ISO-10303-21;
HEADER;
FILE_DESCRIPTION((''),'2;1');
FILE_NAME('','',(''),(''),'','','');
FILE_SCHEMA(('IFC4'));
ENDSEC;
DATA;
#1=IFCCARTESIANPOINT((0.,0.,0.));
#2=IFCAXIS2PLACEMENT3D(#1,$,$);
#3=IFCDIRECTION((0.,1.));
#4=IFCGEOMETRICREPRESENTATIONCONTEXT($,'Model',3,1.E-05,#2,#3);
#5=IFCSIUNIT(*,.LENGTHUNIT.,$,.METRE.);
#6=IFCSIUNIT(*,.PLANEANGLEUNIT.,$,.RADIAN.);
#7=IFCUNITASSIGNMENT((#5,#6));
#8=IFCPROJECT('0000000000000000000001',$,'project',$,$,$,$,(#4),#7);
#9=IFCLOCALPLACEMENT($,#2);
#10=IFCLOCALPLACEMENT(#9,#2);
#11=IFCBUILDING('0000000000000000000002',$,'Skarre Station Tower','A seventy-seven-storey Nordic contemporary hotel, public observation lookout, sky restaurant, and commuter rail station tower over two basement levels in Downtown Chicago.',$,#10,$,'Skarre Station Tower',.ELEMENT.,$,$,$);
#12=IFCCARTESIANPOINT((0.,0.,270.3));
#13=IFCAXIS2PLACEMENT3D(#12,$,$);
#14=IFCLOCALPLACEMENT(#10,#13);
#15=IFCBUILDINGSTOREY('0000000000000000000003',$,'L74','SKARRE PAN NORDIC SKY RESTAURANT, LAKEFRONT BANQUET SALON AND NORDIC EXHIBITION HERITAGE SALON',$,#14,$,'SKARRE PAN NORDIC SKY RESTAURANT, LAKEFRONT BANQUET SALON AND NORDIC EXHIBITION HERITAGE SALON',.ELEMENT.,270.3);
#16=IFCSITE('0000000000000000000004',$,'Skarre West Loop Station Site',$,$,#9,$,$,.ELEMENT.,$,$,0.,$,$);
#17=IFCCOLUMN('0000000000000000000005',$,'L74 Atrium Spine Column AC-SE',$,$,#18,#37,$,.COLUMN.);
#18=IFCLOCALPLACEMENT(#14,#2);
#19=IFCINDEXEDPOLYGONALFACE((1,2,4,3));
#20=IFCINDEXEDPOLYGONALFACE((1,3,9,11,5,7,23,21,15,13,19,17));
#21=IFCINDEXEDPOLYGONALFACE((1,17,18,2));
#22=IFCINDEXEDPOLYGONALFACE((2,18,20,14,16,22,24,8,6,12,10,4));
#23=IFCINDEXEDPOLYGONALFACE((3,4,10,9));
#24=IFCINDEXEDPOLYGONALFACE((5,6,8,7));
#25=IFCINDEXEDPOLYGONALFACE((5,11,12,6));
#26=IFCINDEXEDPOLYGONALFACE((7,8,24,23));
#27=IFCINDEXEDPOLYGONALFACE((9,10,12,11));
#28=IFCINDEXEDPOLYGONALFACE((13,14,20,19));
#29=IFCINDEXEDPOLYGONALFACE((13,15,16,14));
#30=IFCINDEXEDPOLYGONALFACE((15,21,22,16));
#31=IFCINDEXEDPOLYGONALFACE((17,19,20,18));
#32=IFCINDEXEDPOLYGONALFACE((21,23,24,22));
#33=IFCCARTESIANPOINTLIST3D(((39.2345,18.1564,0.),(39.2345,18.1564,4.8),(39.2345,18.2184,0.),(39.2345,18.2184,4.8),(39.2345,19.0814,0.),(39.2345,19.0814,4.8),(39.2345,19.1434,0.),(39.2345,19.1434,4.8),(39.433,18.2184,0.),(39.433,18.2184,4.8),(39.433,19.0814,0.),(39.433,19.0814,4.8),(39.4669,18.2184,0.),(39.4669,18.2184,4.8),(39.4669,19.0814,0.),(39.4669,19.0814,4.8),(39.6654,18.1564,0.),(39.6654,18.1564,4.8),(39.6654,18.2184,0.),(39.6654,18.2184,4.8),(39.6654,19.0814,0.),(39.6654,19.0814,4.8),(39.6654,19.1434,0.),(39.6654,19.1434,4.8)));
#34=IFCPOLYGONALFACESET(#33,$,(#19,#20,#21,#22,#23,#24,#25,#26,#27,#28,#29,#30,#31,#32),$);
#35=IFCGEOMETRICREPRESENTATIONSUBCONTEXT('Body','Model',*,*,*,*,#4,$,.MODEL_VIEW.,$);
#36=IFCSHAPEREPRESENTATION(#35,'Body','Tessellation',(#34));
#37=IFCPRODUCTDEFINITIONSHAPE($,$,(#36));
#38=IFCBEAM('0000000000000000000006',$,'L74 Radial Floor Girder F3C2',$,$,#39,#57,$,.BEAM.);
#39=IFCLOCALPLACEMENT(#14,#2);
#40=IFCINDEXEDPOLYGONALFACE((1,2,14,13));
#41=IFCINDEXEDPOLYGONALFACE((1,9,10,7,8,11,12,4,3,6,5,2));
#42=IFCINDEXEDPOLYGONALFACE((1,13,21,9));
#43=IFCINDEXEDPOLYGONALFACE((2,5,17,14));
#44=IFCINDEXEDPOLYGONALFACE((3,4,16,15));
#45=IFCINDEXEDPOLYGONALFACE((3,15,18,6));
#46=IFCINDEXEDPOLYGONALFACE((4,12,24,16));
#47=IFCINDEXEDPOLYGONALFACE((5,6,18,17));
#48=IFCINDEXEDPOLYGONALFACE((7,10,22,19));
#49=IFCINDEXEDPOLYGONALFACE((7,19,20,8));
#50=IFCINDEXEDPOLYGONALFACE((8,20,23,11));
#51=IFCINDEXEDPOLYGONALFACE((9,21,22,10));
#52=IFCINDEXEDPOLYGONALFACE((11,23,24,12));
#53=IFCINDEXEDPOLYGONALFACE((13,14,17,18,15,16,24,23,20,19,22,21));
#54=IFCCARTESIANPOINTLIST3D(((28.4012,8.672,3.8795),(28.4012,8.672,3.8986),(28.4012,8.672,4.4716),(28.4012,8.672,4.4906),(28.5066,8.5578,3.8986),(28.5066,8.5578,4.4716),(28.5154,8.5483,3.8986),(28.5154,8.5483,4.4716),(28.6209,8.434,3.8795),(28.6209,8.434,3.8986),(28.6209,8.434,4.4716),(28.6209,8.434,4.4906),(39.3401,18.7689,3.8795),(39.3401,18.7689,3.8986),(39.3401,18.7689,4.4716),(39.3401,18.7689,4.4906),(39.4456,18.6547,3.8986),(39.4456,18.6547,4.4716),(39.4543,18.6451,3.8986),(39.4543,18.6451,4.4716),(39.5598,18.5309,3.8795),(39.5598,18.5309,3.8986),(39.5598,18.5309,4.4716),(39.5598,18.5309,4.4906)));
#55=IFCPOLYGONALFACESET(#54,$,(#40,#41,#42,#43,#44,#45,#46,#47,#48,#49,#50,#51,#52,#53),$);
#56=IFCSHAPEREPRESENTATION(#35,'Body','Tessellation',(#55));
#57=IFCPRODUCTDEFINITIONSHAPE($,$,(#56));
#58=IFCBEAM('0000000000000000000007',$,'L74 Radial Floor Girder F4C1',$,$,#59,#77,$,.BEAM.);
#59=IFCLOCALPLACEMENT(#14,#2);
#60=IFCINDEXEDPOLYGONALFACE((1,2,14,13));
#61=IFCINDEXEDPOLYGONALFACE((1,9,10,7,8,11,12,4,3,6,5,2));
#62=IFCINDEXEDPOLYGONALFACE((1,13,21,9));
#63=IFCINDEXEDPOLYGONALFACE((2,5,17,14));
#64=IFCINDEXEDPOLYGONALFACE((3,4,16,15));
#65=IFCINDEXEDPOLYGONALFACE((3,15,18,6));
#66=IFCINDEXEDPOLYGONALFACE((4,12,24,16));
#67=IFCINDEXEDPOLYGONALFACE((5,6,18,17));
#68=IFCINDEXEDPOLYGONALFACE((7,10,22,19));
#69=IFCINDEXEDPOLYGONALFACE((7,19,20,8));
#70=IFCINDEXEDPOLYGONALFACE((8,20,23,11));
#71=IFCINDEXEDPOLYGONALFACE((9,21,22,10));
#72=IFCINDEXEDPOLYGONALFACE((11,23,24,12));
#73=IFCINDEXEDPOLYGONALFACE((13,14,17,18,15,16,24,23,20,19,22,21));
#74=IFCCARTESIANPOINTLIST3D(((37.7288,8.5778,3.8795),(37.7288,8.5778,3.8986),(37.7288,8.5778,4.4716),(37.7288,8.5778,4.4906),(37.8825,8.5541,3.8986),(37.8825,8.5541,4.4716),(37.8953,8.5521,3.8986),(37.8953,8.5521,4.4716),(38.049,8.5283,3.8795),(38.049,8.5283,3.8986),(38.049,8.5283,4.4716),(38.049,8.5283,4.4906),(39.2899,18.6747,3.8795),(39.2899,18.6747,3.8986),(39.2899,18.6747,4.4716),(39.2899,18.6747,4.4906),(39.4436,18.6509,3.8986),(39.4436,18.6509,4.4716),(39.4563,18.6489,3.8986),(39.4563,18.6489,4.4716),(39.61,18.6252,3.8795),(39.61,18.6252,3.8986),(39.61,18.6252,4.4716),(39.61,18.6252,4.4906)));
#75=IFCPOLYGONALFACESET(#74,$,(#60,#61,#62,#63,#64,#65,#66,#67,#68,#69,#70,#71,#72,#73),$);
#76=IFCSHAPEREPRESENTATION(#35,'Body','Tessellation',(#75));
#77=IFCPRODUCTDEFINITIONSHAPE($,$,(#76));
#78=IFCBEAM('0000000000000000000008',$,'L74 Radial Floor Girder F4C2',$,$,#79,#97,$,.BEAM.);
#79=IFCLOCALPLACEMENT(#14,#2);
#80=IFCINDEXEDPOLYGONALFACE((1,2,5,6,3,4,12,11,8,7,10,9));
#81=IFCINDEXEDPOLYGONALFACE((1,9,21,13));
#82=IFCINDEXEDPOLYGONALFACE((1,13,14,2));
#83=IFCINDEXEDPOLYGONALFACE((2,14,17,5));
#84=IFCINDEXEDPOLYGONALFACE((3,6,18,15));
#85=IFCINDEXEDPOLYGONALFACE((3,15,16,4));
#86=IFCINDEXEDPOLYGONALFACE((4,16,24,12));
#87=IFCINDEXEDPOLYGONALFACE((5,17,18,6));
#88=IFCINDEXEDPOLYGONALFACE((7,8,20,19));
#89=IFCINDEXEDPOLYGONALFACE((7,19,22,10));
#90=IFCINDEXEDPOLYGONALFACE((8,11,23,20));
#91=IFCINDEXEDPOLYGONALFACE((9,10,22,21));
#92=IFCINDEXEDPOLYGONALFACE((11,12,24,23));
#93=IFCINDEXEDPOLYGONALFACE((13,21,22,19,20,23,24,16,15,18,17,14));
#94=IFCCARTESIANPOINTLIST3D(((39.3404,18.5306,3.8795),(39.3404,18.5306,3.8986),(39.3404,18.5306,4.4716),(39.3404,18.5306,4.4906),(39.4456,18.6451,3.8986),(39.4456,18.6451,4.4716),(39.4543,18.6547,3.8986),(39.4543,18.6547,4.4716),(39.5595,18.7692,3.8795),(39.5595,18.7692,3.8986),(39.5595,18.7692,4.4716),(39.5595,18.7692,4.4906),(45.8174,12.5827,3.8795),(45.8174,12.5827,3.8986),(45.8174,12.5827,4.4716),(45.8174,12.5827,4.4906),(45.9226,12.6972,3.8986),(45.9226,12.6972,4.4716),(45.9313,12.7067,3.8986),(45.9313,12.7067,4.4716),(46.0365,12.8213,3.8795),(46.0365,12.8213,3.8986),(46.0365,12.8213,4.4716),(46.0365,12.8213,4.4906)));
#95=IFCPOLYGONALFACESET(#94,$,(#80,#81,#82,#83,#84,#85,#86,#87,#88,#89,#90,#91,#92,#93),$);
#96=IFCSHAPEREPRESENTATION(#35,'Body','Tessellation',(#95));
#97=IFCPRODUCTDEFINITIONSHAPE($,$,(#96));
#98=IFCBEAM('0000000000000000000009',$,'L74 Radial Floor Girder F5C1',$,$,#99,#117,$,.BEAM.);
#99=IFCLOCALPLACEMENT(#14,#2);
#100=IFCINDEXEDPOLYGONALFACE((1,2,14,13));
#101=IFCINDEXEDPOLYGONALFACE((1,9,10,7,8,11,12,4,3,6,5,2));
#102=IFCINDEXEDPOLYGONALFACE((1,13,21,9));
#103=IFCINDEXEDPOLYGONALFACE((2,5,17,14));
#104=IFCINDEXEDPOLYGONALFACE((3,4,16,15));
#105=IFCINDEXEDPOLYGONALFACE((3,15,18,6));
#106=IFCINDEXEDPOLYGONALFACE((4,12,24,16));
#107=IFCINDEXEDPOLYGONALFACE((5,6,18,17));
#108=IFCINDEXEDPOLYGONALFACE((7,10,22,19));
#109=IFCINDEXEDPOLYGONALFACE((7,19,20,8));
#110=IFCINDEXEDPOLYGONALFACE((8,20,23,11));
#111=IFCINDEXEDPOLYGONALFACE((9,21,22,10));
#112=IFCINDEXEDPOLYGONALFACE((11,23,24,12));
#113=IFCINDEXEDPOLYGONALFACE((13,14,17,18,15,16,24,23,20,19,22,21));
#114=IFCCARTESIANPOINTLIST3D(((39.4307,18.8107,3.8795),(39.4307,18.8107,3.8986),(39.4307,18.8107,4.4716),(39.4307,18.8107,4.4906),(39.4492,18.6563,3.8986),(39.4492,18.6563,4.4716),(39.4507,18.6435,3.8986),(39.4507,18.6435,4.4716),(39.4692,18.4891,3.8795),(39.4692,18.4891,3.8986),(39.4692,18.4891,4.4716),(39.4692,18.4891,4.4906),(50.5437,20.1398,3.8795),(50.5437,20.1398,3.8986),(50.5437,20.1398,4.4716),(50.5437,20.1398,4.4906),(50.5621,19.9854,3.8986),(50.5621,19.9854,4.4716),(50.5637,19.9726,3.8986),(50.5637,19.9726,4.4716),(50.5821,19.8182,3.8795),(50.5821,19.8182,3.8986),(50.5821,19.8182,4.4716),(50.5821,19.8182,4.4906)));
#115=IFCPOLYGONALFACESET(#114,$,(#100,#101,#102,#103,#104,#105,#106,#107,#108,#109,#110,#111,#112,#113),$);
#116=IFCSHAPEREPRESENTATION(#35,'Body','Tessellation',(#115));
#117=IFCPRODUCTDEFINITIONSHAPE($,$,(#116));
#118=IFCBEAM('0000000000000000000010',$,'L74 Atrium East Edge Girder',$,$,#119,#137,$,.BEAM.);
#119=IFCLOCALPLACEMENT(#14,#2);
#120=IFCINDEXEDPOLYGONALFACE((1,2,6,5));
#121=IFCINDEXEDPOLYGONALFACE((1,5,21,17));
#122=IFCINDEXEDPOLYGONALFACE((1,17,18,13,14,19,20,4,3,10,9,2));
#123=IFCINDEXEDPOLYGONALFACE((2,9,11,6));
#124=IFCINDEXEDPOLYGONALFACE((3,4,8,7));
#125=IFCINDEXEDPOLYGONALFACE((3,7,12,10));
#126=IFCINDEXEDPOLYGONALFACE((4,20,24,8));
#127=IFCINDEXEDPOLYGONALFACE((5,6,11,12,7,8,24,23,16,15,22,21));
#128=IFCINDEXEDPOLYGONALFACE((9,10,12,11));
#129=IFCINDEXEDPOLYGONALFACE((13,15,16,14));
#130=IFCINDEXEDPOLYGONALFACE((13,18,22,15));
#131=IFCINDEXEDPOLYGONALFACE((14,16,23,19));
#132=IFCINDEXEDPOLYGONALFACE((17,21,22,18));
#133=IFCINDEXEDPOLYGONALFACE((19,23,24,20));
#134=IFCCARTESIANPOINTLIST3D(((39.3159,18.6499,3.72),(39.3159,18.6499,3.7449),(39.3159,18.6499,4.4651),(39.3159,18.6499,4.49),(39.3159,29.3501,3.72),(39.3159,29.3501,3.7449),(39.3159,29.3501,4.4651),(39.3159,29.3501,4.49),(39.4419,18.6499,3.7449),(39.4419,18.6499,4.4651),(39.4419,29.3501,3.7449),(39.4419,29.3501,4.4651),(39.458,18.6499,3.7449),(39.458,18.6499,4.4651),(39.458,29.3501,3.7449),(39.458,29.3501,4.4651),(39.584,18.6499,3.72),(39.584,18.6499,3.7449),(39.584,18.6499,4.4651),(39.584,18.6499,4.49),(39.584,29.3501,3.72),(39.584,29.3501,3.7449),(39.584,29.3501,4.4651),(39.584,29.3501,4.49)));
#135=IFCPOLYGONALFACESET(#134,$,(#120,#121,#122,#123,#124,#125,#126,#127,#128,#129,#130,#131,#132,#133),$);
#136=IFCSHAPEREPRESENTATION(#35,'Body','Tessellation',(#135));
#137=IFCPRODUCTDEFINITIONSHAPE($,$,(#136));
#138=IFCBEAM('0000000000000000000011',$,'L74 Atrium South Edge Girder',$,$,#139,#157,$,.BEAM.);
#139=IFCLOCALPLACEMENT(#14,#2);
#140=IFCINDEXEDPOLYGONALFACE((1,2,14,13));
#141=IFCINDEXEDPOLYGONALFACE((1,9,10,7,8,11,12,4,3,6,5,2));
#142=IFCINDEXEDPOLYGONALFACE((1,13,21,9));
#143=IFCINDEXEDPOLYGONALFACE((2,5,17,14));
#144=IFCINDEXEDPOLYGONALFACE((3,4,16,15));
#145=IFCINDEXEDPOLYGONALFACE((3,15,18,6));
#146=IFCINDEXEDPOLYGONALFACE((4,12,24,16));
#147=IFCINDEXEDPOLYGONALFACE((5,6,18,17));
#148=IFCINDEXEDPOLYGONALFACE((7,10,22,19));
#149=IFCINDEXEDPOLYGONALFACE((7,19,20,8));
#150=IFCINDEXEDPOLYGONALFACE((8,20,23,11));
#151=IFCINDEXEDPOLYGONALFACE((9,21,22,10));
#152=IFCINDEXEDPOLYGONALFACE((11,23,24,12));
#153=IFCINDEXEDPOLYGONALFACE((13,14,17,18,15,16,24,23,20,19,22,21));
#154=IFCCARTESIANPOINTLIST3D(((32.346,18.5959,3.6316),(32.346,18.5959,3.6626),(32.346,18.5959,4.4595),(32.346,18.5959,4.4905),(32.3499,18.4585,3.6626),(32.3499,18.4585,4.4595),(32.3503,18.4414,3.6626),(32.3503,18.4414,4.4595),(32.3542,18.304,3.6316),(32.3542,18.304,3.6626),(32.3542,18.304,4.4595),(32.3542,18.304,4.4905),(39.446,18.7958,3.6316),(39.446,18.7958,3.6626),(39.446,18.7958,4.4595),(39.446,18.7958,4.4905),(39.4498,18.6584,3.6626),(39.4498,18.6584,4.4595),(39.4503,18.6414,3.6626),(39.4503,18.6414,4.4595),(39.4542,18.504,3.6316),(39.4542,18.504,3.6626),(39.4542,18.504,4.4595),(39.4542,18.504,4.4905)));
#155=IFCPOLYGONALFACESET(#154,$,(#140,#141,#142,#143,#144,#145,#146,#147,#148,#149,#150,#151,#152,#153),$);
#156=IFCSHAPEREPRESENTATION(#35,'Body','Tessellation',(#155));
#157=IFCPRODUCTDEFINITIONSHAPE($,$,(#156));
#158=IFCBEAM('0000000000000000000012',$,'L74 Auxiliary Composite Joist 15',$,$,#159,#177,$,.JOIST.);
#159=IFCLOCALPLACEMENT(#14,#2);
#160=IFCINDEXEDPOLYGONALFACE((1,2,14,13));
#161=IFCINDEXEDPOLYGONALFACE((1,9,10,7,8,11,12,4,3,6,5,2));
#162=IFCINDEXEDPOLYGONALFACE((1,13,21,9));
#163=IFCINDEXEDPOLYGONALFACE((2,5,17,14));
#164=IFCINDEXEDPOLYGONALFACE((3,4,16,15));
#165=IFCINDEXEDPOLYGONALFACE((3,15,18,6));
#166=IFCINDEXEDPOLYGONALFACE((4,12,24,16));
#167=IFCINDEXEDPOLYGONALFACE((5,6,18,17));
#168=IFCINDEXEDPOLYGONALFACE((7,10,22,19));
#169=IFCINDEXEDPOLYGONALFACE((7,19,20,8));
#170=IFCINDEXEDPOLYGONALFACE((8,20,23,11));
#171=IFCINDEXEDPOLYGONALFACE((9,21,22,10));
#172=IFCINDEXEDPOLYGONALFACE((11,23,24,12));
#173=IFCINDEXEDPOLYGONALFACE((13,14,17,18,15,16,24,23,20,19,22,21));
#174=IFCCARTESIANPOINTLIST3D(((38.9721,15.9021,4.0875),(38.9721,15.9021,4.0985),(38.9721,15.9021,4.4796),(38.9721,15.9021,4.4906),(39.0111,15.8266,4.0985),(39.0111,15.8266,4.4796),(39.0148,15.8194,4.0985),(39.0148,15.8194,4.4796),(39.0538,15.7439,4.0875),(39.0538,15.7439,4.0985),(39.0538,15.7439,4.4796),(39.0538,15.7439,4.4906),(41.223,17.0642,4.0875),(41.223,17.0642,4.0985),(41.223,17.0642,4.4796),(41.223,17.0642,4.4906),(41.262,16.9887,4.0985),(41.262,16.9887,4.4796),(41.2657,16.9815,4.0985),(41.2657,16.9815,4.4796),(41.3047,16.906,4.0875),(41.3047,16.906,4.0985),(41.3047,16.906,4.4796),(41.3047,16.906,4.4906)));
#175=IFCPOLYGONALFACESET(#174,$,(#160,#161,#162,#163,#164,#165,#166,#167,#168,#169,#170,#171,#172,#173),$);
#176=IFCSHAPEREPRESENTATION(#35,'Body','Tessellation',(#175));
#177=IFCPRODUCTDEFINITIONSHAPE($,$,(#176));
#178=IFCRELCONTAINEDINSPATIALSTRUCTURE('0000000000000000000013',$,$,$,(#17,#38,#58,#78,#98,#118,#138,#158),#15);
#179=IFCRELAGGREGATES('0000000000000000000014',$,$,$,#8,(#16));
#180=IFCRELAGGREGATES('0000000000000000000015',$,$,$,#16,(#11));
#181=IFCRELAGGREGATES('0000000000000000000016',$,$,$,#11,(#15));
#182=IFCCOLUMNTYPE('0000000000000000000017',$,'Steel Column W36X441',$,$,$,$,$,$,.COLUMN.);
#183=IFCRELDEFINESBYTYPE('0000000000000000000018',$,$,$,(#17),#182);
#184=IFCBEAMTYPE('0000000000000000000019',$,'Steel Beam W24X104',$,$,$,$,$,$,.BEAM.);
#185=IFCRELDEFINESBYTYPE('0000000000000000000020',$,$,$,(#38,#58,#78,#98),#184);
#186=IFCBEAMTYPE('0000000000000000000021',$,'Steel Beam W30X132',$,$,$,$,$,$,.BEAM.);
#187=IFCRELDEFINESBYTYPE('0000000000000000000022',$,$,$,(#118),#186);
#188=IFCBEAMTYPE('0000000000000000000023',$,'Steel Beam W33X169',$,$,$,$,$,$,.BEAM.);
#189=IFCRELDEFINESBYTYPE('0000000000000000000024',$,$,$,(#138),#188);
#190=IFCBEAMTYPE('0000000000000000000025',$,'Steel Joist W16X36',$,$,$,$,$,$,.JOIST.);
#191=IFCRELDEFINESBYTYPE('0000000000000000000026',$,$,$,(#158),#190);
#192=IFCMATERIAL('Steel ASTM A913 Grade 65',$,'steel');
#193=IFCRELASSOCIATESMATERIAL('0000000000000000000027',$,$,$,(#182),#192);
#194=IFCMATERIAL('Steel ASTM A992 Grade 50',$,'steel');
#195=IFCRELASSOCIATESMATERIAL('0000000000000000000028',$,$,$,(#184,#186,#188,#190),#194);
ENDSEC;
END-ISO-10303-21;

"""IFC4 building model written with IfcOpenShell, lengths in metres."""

from ifc_helpers import new_model, si_unit, direction, frame, origin, origin_2d, place, context, subcontext, project, spatial, i_section, extrude, material, material_profile, profile_set, type_object, element, save


model = new_model("IFC4")

# Units and contexts
model_context = context("Model", 3, precision=1e-05, world=origin(), true_north=direction((0.0, 1.0)))
body_context = subcontext(model_context, "Body", "Model", "MODEL_VIEW")
ifc_project = project(units=[si_unit("LENGTHUNIT", "METRE"), si_unit("PLANEANGLEUNIT", "RADIAN")], contexts=[model_context])

# Site, building, storey
site_placement = place(None, origin())
site = spatial("IfcSite", under=ifc_project, at=site_placement, Name="Skarre West Loop Station Site", CompositionType="ELEMENT", RefElevation=0.0)
building_placement = place(site_placement, origin())
building = spatial("IfcBuilding", under=site, at=building_placement, Name="Skarre Station Tower", Description="A seventy-seven-storey Nordic contemporary hotel, public observation lookout, sky restaurant, and commuter rail station tower over two basement levels in Downtown Chicago.", LongName="Skarre Station Tower", CompositionType="ELEMENT")
storey_placement = place(building_placement, frame((0.0, 0.0, 270.3)))
storey = spatial("IfcBuildingStorey", under=building, at=storey_placement, Name="L74", Description="SKARRE PAN NORDIC SKY RESTAURANT, LAKEFRONT BANQUET SALON AND NORDIC EXHIBITION HERITAGE SALON", LongName="SKARRE PAN NORDIC SKY RESTAURANT, LAKEFRONT BANQUET SALON AND NORDIC EXHIBITION HERITAGE SALON", CompositionType="ELEMENT", Elevation=270.3)

# Column
ifc_material_1 = material(Name="Steel ASTM A913 Grade 65", Category="steel")
ifc_material_profile_1 = material_profile(ifc_material_1, i_section(OverallWidth=0.4309, OverallDepth=0.9871, WebThickness=0.0339, FlangeThickness=0.062, at=origin_2d()), Name="Steel ASTM A913 Grade 65")
ifc_profile_set_1 = profile_set([ifc_material_profile_1], Name="Steel ASTM A913 Grade 65")
column_type = type_object("IfcColumnType", Name="Steel Column W36X441", PredefinedType="COLUMN", material=ifc_profile_set_1)
column_placement = place(storey_placement, frame((39.45, 18.6499, 0.0), z_axis=(0.0, 0.0, 1.0), x_axis=(1.0, 0.0, 0.0)))
element("IfcColumn", 1, at=column_placement, inside=storey, type_object=column_type, Name="L74 Atrium Spine Column AC-SE", PredefinedType="COLUMN", context=body_context, shape_type="SweptSolid", body=[
    extrude(i_section(OverallWidth=0.4309, OverallDepth=0.9871, WebThickness=0.0339, FlangeThickness=0.062, at=origin_2d()), origin(), (0.0, 0.0, 1.0), 4.8),
])

# Beams
ifc_material_2 = material(Name="Steel ASTM A992 Grade 50", Category="steel")
ifc_material_profile_2 = material_profile(ifc_material_2, i_section(OverallWidth=0.324, OverallDepth=0.6111, WebThickness=0.0129, FlangeThickness=0.019, at=origin_2d()), Name="Steel ASTM A992 Grade 50")
ifc_profile_set_2 = profile_set([ifc_material_profile_2], Name="Steel ASTM A992 Grade 50")
beam_type_1 = type_object("IfcBeamType", Name="Steel Beam W24X104", PredefinedType="BEAM", material=ifc_profile_set_2)
beam_1_placement = place(storey_placement, frame((39.45, 18.6499, 4.1851), z_axis=(-0.734823, -0.678259, 0.0), x_axis=(0.678259, -0.734823, 0.0)))
element("IfcBeam", 2, at=beam_1_placement, inside=storey, type_object=beam_type_1, Name="L74 Radial Floor Girder F3C2", PredefinedType="BEAM", context=body_context, shape_type="SweptSolid", body=[
    extrude(i_section(OverallWidth=0.324, OverallDepth=0.6111, WebThickness=0.0129, FlangeThickness=0.019, at=origin_2d()), origin(), (0.0, 0.0, 1.0), 14.8865),
])
beam_2_placement = place(storey_placement, frame((39.45, 18.6499, 4.1851), z_axis=(-0.15279, -0.988259, 0.0), x_axis=(0.988259, -0.15279, 0.0)))
element("IfcBeam", 3, at=beam_2_placement, inside=storey, type_object=beam_type_1, Name="L74 Radial Floor Girder F4C1", PredefinedType="BEAM", context=body_context, shape_type="SweptSolid", body=[
    extrude(i_section(OverallWidth=0.324, OverallDepth=0.6111, WebThickness=0.0129, FlangeThickness=0.019, at=origin_2d()), origin(), (0.0, 0.0, 1.0), 10.2168),
])
beam_3_placement = place(storey_placement, frame((39.45, 18.6499, 4.1851), z_axis=(0.736548, -0.676386, 0.0), x_axis=(0.676386, 0.736548, 0.0)))
element("IfcBeam", 4, at=beam_3_placement, inside=storey, type_object=beam_type_1, Name="L74 Radial Floor Girder F4C2", PredefinedType="BEAM", context=body_context, shape_type="SweptSolid", body=[
    extrude(i_section(OverallWidth=0.324, OverallDepth=0.6111, WebThickness=0.0129, FlangeThickness=0.019, at=origin_2d()), origin(), (0.0, 0.0, 1.0), 8.7937),
])
beam_4_placement = place(storey_placement, frame((39.45, 18.6499, 4.1851), z_axis=(0.992924, 0.118752, 0.0), x_axis=(-0.118752, 0.992924, 0.0)))
element("IfcBeam", 5, at=beam_4_placement, inside=storey, type_object=beam_type_1, Name="L74 Radial Floor Girder F5C1", PredefinedType="BEAM", context=body_context, shape_type="SweptSolid", body=[
    extrude(i_section(OverallWidth=0.324, OverallDepth=0.6111, WebThickness=0.0129, FlangeThickness=0.019, at=origin_2d()), origin(), (0.0, 0.0, 1.0), 11.1921),
])
ifc_material_profile_3 = material_profile(ifc_material_2, i_section(OverallWidth=0.2681, OverallDepth=0.77, WebThickness=0.0161, FlangeThickness=0.0249, at=origin_2d()), Name="Steel ASTM A992 Grade 50")
ifc_profile_set_3 = profile_set([ifc_material_profile_3], Name="Steel ASTM A992 Grade 50")
beam_type_2 = type_object("IfcBeamType", Name="Steel Beam W30X132", PredefinedType="BEAM", material=ifc_profile_set_3)
beam_5_placement = place(storey_placement, frame((39.45, 18.6499, 4.105), z_axis=(0.0, 1.0, 0.0), x_axis=(-1.0, 0.0, 0.0)))
element("IfcBeam", 6, at=beam_5_placement, inside=storey, type_object=beam_type_2, Name="L74 Atrium East Edge Girder", PredefinedType="BEAM", context=body_context, shape_type="SweptSolid", body=[
    extrude(i_section(OverallWidth=0.2681, OverallDepth=0.77, WebThickness=0.0161, FlangeThickness=0.0249, at=origin_2d()), origin(), (0.0, 0.0, 1.0), 10.7002),
])
ifc_material_profile_4 = material_profile(ifc_material_2, i_section(OverallWidth=0.292, OverallDepth=0.8589, WebThickness=0.0171, FlangeThickness=0.031, at=origin_2d()), Name="Steel ASTM A992 Grade 50")
ifc_profile_set_4 = profile_set([ifc_material_profile_4], Name="Steel ASTM A992 Grade 50")
beam_type_3 = type_object("IfcBeamType", Name="Steel Beam W33X169", PredefinedType="BEAM", material=ifc_profile_set_4)
beam_6_placement = place(storey_placement, frame((32.3501, 18.45, 4.061), z_axis=(0.999604, 0.028152, 0.0), x_axis=(-0.028152, 0.999604, 0.0)))
element("IfcBeam", 7, at=beam_6_placement, inside=storey, type_object=beam_type_3, Name="L74 Atrium South Edge Girder", PredefinedType="BEAM", context=body_context, shape_type="SweptSolid", body=[
    extrude(i_section(OverallWidth=0.292, OverallDepth=0.8589, WebThickness=0.0171, FlangeThickness=0.031, at=origin_2d()), origin(), (0.0, 0.0, 1.0), 7.1028),
])
ifc_material_profile_5 = material_profile(ifc_material_2, i_section(OverallWidth=0.178, OverallDepth=0.4031, WebThickness=0.0081, FlangeThickness=0.011, at=origin_2d()), Name="Steel ASTM A992 Grade 50")
ifc_profile_set_5 = profile_set([ifc_material_profile_5], Name="Steel ASTM A992 Grade 50")
beam_type_4 = type_object("IfcBeamType", Name="Steel Joist W16X36", PredefinedType="JOIST", material=ifc_profile_set_5)
beam_7_placement = place(storey_placement, frame((39.0129, 15.823, 4.2891), z_axis=(0.88857, 0.458741, 0.0), x_axis=(-0.458741, 0.88857, 0.0)))
element("IfcBeam", 8, at=beam_7_placement, inside=storey, type_object=beam_type_4, Name="L74 Auxiliary Composite Joist 15", PredefinedType="JOIST", context=body_context, shape_type="SweptSolid", body=[
    extrude(i_section(OverallWidth=0.178, OverallDepth=0.4031, WebThickness=0.0081, FlangeThickness=0.011, at=origin_2d()), origin(), (0.0, 0.0, 1.0), 2.5332),
])

save(model, "model.ifc")
